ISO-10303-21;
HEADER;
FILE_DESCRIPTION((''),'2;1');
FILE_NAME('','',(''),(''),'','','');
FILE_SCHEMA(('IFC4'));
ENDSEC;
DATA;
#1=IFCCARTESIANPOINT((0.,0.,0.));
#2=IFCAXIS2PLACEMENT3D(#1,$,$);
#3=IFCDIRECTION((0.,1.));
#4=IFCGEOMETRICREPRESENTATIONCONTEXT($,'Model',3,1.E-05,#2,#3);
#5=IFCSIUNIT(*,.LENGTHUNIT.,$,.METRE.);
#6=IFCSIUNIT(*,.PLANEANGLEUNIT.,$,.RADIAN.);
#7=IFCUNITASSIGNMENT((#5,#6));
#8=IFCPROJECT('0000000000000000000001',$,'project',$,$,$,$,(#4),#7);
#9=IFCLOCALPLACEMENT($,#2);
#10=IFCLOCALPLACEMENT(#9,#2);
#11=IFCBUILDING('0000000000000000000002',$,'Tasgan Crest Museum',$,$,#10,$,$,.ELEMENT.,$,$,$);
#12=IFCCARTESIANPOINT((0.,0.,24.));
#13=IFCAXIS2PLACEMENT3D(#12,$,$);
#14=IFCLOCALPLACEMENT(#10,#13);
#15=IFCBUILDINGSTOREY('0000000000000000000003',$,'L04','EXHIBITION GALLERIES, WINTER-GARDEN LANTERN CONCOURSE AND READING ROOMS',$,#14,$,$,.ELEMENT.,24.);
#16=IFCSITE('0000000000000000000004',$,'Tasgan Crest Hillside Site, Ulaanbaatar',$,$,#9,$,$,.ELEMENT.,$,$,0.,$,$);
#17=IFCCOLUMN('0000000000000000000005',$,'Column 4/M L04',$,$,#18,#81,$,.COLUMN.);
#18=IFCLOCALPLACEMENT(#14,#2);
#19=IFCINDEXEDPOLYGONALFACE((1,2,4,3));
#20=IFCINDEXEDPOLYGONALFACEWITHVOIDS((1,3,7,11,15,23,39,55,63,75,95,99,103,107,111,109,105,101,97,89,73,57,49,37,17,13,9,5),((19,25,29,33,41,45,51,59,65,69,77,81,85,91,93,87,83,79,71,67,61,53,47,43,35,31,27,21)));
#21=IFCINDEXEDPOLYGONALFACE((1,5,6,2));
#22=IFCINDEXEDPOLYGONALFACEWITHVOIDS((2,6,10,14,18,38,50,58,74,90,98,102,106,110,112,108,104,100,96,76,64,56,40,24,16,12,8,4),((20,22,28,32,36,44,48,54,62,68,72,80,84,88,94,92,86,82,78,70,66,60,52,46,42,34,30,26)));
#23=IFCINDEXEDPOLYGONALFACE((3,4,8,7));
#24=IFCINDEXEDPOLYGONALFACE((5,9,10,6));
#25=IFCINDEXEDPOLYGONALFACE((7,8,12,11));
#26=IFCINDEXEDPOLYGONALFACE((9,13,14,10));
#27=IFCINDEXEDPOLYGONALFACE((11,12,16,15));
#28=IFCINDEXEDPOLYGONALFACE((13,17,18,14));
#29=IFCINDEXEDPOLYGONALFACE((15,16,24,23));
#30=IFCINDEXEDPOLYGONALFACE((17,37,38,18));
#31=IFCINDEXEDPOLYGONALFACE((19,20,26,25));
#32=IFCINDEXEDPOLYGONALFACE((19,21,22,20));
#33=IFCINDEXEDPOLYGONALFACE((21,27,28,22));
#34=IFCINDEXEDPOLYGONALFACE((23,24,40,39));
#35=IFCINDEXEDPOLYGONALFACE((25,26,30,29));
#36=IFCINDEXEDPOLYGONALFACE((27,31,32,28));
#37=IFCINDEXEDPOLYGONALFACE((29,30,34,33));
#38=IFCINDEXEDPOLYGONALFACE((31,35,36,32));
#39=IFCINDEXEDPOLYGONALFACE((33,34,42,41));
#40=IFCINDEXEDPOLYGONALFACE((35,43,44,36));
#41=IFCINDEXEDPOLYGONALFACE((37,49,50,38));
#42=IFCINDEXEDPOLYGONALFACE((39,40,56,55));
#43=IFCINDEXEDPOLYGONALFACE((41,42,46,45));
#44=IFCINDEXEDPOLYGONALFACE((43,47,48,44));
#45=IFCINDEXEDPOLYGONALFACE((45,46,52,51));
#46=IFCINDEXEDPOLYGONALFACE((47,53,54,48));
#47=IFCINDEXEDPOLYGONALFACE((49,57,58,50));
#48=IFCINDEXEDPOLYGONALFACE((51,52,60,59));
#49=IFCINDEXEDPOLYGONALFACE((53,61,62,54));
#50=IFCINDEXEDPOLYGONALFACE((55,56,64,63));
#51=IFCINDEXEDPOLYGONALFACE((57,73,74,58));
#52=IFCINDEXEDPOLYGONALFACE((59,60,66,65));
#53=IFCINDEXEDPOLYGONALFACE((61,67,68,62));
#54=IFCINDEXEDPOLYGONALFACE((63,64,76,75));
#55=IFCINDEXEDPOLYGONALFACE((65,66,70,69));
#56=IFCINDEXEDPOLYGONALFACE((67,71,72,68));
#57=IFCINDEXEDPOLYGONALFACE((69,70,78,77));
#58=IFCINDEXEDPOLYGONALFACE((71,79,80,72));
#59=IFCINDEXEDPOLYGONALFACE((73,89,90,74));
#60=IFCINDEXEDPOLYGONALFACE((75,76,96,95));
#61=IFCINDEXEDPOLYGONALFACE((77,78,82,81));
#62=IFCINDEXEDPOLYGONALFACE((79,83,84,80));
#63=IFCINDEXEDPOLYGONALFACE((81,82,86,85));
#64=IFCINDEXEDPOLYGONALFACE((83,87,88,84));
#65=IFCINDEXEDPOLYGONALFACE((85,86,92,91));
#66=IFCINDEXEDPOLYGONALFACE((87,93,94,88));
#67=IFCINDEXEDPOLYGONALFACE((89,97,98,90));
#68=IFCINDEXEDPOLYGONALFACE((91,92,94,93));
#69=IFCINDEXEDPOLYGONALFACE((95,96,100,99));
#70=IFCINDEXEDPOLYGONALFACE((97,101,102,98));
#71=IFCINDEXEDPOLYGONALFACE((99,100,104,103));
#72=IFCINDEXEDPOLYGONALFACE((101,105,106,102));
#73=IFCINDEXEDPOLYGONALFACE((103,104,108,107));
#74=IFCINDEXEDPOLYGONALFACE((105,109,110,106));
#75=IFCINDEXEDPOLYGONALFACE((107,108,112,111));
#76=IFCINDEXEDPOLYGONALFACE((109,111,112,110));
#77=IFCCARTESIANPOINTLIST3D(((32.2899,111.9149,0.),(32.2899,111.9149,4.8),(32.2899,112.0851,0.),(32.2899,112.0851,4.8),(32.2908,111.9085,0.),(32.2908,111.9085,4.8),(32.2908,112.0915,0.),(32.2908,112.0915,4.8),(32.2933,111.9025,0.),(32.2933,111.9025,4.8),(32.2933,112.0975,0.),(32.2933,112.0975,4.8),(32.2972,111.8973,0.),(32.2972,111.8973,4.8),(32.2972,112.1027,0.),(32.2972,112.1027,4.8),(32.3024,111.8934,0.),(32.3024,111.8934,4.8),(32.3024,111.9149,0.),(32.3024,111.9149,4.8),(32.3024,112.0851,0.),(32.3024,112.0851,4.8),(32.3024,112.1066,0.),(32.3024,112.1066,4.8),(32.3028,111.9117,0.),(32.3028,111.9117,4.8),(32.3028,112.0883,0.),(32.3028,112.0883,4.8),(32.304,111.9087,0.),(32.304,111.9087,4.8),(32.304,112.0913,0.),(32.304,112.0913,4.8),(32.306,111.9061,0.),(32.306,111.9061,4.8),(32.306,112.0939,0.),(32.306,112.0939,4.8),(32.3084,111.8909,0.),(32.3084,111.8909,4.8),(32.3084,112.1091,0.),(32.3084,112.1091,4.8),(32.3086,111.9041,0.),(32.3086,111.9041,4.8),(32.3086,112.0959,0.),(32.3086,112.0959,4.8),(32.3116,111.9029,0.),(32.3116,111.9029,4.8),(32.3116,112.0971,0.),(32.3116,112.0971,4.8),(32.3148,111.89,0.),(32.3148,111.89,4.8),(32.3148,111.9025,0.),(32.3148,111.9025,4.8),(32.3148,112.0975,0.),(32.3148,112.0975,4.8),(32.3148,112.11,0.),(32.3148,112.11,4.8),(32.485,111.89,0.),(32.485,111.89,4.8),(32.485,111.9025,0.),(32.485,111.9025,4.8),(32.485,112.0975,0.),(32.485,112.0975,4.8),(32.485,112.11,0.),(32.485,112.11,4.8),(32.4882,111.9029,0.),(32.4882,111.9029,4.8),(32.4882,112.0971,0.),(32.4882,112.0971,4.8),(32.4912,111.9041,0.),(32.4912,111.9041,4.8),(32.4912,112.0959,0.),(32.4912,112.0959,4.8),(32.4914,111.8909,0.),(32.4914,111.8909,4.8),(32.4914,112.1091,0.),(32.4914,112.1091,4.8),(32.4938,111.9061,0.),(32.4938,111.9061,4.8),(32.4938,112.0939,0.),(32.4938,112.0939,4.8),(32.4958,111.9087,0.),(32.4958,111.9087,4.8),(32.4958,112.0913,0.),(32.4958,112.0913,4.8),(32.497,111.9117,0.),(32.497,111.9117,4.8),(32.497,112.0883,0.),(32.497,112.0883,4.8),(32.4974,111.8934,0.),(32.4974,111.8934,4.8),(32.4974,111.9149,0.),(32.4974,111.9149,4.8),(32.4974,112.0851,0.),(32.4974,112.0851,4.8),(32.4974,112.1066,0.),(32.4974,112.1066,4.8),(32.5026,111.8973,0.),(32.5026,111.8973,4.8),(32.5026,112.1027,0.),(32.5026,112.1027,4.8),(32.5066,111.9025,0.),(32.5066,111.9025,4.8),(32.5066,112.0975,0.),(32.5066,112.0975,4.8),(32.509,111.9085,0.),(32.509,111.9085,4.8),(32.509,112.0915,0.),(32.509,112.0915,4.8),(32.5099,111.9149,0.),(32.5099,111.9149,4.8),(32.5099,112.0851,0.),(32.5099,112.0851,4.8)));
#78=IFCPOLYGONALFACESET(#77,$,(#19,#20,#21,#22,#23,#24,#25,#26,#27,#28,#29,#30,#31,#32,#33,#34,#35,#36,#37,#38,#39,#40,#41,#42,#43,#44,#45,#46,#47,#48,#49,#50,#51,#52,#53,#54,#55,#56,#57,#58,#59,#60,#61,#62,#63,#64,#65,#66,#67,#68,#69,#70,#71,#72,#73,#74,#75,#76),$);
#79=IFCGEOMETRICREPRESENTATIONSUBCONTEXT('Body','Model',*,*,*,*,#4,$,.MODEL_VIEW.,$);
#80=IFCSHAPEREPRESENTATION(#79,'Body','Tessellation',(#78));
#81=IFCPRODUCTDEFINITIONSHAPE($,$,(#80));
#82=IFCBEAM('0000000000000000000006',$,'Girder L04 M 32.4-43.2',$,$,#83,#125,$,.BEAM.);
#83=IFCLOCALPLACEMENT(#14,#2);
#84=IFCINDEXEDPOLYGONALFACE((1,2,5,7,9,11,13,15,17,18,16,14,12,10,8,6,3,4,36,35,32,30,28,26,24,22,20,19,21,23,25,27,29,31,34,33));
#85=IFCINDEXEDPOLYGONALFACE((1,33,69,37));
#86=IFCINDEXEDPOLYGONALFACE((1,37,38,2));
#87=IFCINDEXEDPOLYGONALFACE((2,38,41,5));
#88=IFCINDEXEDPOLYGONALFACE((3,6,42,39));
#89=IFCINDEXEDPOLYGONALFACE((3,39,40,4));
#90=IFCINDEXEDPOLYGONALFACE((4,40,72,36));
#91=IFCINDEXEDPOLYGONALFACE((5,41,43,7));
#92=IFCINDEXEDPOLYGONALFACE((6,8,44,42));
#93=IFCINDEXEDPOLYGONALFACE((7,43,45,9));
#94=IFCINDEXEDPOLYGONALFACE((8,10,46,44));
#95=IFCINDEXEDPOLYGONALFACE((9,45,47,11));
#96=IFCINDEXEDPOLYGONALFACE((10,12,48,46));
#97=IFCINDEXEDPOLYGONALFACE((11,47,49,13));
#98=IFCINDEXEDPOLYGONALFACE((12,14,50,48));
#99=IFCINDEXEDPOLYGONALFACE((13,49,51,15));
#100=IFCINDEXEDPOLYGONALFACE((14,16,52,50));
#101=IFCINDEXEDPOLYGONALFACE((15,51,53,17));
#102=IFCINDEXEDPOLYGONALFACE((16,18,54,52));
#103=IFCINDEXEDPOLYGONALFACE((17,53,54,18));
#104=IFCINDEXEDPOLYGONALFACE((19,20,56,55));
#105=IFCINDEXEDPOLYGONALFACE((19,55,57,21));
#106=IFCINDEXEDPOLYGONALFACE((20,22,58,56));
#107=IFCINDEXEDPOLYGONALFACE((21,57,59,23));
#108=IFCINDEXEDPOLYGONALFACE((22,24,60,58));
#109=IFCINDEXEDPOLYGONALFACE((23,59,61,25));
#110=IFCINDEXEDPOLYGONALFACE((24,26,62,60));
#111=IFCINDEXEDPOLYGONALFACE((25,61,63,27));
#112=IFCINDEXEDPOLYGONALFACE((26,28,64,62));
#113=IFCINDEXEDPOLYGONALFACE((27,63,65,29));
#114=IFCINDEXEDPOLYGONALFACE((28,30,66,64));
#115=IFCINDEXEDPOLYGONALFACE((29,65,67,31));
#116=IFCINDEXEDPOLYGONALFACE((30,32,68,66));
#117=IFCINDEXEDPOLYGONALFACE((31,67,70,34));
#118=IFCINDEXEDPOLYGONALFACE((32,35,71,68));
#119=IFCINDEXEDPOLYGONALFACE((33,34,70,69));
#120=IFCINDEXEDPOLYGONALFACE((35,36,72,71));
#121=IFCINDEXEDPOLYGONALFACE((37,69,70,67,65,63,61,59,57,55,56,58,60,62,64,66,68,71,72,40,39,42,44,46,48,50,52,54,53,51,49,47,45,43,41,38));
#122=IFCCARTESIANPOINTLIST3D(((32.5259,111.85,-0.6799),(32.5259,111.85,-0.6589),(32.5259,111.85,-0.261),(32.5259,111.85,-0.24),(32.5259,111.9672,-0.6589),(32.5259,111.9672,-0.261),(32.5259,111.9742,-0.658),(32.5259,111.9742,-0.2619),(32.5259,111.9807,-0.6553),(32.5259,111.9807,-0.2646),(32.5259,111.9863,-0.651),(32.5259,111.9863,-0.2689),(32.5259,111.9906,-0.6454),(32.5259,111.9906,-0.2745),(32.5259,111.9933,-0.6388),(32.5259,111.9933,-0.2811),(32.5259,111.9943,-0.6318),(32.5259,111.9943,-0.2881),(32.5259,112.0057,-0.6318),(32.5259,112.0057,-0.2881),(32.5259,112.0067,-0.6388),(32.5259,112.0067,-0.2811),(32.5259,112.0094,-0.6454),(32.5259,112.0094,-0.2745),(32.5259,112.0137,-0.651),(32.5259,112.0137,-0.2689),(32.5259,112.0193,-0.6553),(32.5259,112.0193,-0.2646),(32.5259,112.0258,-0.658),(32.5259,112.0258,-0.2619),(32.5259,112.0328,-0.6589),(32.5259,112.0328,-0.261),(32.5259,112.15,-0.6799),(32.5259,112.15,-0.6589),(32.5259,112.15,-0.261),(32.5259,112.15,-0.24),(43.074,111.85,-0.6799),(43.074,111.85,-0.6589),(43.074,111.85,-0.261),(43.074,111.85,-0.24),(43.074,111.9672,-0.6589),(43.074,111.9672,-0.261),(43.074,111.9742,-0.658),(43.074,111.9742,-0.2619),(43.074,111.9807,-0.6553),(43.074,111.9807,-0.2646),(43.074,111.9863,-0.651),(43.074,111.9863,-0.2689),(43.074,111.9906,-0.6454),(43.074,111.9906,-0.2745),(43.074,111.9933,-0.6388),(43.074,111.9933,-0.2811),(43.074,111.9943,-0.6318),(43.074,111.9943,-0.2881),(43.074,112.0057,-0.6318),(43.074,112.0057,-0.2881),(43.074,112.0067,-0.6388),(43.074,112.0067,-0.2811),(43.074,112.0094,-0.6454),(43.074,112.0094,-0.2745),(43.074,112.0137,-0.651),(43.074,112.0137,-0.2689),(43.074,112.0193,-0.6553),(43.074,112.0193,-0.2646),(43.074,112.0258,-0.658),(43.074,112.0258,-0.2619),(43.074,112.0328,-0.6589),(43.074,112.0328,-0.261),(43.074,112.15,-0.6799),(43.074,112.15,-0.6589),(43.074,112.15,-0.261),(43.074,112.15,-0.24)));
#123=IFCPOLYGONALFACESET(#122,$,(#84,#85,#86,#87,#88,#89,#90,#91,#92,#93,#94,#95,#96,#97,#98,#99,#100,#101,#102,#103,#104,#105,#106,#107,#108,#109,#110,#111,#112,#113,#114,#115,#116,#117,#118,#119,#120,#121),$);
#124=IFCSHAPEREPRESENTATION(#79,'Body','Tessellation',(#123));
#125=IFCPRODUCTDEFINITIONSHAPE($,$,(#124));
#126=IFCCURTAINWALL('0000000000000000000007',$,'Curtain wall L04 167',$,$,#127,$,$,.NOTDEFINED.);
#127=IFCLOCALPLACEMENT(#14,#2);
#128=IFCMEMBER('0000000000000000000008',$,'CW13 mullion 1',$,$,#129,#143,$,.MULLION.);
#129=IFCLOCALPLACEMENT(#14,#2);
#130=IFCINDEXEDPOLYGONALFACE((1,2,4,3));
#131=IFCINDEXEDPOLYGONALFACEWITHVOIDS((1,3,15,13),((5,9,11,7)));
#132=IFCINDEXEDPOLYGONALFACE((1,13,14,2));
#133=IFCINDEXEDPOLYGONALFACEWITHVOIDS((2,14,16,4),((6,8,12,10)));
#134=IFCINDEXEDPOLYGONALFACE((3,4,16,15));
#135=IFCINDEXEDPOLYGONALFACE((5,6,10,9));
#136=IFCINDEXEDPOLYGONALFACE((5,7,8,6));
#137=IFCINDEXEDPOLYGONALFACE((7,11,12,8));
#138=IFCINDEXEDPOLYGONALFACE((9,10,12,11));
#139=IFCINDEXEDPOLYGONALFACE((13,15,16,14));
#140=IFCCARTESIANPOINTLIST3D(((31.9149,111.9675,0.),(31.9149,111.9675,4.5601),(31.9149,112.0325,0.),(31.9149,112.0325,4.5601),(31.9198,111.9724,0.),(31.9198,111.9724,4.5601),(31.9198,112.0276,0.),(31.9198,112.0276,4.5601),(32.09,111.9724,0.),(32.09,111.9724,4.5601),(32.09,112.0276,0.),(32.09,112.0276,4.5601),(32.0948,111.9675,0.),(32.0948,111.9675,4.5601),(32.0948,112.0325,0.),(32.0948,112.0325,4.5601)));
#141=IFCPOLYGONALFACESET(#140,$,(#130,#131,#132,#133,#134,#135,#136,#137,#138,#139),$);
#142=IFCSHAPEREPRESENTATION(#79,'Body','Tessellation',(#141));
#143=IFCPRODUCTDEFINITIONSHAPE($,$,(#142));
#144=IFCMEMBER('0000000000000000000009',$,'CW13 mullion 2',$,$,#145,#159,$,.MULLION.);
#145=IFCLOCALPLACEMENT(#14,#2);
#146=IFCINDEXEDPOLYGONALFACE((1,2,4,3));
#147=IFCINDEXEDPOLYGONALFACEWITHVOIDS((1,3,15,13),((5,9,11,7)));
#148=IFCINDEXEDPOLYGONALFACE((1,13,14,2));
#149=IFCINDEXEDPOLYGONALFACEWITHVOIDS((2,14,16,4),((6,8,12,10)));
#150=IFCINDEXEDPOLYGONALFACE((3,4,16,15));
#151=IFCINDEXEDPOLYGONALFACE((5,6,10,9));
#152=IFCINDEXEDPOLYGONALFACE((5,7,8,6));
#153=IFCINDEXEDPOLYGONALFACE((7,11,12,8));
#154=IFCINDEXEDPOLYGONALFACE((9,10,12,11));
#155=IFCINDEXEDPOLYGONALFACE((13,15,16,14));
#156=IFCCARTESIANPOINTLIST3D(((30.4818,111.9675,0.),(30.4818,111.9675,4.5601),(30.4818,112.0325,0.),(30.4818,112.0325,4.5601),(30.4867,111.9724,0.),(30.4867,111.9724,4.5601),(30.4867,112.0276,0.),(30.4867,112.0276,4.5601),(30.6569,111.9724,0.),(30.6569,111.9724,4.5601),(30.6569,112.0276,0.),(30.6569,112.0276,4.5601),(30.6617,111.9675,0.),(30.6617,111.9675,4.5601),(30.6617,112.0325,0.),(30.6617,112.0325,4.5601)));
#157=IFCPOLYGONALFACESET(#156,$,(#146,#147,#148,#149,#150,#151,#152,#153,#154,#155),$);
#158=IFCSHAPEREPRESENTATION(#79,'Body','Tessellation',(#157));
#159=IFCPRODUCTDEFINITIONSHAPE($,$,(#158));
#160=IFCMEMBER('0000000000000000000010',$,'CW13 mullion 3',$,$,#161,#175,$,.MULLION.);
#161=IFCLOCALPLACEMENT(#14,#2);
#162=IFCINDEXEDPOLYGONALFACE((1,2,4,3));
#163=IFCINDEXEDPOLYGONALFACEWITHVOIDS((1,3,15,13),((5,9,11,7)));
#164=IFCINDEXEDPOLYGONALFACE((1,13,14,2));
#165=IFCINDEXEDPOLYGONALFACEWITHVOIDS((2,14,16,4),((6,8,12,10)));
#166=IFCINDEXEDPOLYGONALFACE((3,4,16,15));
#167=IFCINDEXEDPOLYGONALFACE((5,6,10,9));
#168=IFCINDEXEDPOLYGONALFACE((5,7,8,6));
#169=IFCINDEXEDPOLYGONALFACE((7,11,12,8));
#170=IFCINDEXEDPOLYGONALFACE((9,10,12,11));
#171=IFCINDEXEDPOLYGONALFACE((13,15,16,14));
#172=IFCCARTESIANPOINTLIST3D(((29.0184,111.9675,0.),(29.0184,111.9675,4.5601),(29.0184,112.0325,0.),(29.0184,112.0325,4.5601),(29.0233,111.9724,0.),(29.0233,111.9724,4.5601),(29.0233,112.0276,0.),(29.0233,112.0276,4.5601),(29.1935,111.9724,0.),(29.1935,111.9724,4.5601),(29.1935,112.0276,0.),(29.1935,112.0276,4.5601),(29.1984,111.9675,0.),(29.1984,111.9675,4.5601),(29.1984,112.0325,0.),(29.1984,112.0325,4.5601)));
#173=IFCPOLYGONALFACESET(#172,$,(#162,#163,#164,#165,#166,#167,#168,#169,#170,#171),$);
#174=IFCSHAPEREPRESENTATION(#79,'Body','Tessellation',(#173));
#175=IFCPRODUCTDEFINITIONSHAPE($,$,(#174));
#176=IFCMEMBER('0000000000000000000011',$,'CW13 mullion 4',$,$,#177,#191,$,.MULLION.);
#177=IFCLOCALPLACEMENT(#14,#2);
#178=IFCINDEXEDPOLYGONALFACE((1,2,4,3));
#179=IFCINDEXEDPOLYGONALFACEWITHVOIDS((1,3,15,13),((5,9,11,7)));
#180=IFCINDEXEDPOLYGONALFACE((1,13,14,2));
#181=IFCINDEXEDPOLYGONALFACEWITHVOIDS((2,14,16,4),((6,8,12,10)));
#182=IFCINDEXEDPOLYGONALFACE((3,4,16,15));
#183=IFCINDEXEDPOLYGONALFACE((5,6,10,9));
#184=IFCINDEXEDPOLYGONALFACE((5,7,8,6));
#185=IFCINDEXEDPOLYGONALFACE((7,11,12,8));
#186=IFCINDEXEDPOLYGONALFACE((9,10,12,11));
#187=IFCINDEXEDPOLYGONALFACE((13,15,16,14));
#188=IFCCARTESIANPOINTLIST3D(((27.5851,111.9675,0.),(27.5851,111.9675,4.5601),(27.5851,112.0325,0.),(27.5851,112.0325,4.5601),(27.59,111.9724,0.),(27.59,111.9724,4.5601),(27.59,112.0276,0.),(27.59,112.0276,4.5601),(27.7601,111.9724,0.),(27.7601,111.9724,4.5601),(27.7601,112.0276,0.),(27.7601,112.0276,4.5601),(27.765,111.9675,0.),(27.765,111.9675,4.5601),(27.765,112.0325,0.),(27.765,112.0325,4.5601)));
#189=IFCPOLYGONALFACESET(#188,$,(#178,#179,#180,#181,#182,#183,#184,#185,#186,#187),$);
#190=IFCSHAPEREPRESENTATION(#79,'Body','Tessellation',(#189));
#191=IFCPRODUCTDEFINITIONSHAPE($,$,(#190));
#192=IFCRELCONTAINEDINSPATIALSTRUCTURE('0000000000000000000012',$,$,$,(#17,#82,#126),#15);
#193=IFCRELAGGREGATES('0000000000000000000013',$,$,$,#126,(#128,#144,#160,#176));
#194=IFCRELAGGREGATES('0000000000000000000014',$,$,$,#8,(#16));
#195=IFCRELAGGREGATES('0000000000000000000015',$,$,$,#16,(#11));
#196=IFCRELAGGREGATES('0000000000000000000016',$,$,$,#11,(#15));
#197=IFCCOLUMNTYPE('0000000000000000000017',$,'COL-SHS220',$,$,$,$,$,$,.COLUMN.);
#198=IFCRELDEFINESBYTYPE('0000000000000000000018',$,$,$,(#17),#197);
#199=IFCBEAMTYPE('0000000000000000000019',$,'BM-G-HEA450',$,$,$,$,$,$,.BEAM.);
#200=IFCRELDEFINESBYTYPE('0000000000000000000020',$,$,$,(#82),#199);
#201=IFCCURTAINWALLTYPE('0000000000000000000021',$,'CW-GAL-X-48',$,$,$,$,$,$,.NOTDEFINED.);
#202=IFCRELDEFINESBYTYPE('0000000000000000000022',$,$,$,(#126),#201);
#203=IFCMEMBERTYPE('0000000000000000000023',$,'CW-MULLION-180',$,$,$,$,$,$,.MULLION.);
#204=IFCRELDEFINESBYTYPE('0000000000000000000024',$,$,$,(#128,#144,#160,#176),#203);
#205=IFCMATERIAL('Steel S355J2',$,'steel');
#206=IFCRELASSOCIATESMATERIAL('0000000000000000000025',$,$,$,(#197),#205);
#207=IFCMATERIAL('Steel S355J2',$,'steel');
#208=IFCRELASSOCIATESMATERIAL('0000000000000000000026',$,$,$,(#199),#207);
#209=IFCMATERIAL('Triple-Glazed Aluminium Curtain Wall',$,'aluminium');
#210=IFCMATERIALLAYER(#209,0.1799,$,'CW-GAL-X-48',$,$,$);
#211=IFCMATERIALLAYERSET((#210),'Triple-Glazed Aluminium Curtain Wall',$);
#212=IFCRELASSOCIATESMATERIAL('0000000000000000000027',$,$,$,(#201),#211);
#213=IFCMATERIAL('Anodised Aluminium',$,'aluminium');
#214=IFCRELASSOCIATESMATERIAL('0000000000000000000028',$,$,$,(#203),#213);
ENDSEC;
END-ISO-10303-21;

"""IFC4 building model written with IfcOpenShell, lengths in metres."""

from ifc_helpers import new_model, si_unit, direction, frame, origin, origin_2d, place, context, subcontext, project, spatial, hollow_rectangle, i_section, extrude, material, layer, layer_set, material_profile, profile_set, type_object, element, aggregate, save


model = new_model("IFC4")

# Units and contexts
model_context = context("Model", 3, precision=1e-05, world=origin(), true_north=direction((0.0, 1.0)))
body_context = subcontext(model_context, "Body", "Model", "MODEL_VIEW")
ifc_project = project(units=[si_unit("LENGTHUNIT", "METRE"), si_unit("PLANEANGLEUNIT", "RADIAN")], contexts=[model_context])

# Site, building, storey
site_placement = place(None, origin())
site = spatial("IfcSite", under=ifc_project, at=site_placement, Name="Tasgan Crest Hillside Site, Ulaanbaatar", CompositionType="ELEMENT", RefElevation=0.0)
building_placement = place(site_placement, origin())
building = spatial("IfcBuilding", under=site, at=building_placement, Name="Tasgan Crest Museum", CompositionType="ELEMENT")
storey_placement = place(building_placement, frame((0.0, 0.0, 24.0)))
storey = spatial("IfcBuildingStorey", under=building, at=storey_placement, Name="L04", Description="EXHIBITION GALLERIES, WINTER-GARDEN LANTERN CONCOURSE AND READING ROOMS", CompositionType="ELEMENT", Elevation=24.0)

# Column
ifc_material_1 = material(Name="Steel S355J2", Category="steel")
ifc_material_profile_1 = material_profile(ifc_material_1, hollow_rectangle(XDim=0.22, YDim=0.22, WallThickness=0.0125, InnerFilletRadius=0.0125, OuterFilletRadius=0.0249, at=origin_2d()), Name="SHS 220x220x12.5")
ifc_profile_set_1 = profile_set([ifc_material_profile_1], Name="Steel S355J2")
column_type = type_object("IfcColumnType", Name="COL-SHS220", PredefinedType="COLUMN", material=ifc_profile_set_1)
column_placement = place(storey_placement, frame((32.3999, 112.0, 0.0), z_axis=(0.0, 0.0, 1.0), x_axis=(1.0, 0.0, 0.0)))
element("IfcColumn", 1, at=column_placement, inside=storey, type_object=column_type, Name="Column 4/M L04", PredefinedType="COLUMN", context=body_context, shape_type="SweptSolid", body=[
    extrude(hollow_rectangle(XDim=0.22, YDim=0.22, WallThickness=0.0125, InnerFilletRadius=0.0125, OuterFilletRadius=0.0249, at=origin_2d()), origin(), (0.0, 0.0, 1.0), 4.8),
])

# Beam
ifc_material_2 = material(Name="Steel S355J2", Category="steel")
ifc_material_profile_2 = material_profile(ifc_material_2, i_section(OverallWidth=0.3, OverallDepth=0.4399, WebThickness=0.0115, FlangeThickness=0.021, FilletRadius=0.0271, at=origin_2d()), Name="HEA 450")
ifc_profile_set_2 = profile_set([ifc_material_profile_2], Name="Steel S355J2")
beam_type = type_object("IfcBeamType", Name="BM-G-HEA450", PredefinedType="BEAM", material=ifc_profile_set_2)
beam_placement = place(storey_placement, frame((32.5259, 112.0, -0.46), z_axis=(1.0, 0.0, 0.0), x_axis=(0.0, 1.0, 0.0)))
element("IfcBeam", 2, at=beam_placement, inside=storey, type_object=beam_type, Name="Girder L04 M 32.4-43.2", PredefinedType="BEAM", context=body_context, shape_type="SweptSolid", body=[
    extrude(i_section(OverallWidth=0.3, OverallDepth=0.4399, WebThickness=0.0115, FlangeThickness=0.021, FilletRadius=0.0271, at=origin_2d()), origin(), (0.0, 0.0, 1.0), 10.5481),
])

# Curtain wall, members
ifc_material_3 = material(Name="Triple-Glazed Aluminium Curtain Wall", Category="aluminium")
ifc_layer_1 = layer(ifc_material_3, 0.1799, Name="CW-GAL-X-48")
ifc_layer_set_1 = layer_set([ifc_layer_1], Name="Triple-Glazed Aluminium Curtain Wall")
curtain_wall_type = type_object("IfcCurtainWallType", Name="CW-GAL-X-48", PredefinedType="NOTDEFINED", material=ifc_layer_set_1)
curtain_wall_placement = place(storey_placement, origin())
curtain_wall = element("IfcCurtainWall", 3, at=curtain_wall_placement, inside=storey, type_object=curtain_wall_type, Name="Curtain wall L04 167", PredefinedType="NOTDEFINED")
ifc_material_4 = material(Name="Anodised Aluminium", Category="aluminium")
ifc_material_profile_3 = material_profile(ifc_material_4, hollow_rectangle(XDim=0.0649, YDim=0.1799, WallThickness=0.0049, at=origin_2d()), Name="ALU MULLION 180x65x5")
ifc_profile_set_3 = profile_set([ifc_material_profile_3], Name="Anodised Aluminium")
member_type_1 = type_object("IfcMemberType", Name="CW-MULLION-180", PredefinedType="MULLION", material=ifc_profile_set_3)
member_1_placement = place(storey_placement, frame((32.0049, 112.0, 0.0), z_axis=(0.0, 0.0, 1.0), x_axis=(0.0, -1.0, 0.0)))
member_1 = element("IfcMember", 4, at=member_1_placement, type_object=member_type_1, Name="CW13 mullion 1", PredefinedType="MULLION", context=body_context, shape_type="SweptSolid", body=[
    extrude(hollow_rectangle(XDim=0.0649, YDim=0.1799, WallThickness=0.0049, at=origin_2d()), origin(), (0.0, 0.0, 1.0), 4.5601),
])
member_2_placement = place(storey_placement, frame((30.5718, 112.0, 0.0), z_axis=(0.0, 0.0, 1.0), x_axis=(0.0, -1.0, 0.0)))
member_2 = element("IfcMember", 5, at=member_2_placement, type_object=member_type_1, Name="CW13 mullion 2", PredefinedType="MULLION", context=body_context, shape_type="SweptSolid", body=[
    extrude(hollow_rectangle(XDim=0.0649, YDim=0.1799, WallThickness=0.0049, at=origin_2d()), origin(), (0.0, 0.0, 1.0), 4.5601),
])
member_3_placement = place(storey_placement, frame((29.1084, 112.0, 0.0), z_axis=(0.0, 0.0, 1.0), x_axis=(0.0, -1.0, 0.0)))
member_3 = element("IfcMember", 6, at=member_3_placement, type_object=member_type_1, Name="CW13 mullion 3", PredefinedType="MULLION", context=body_context, shape_type="SweptSolid", body=[
    extrude(hollow_rectangle(XDim=0.0649, YDim=0.1799, WallThickness=0.0049, at=origin_2d()), origin(), (0.0, 0.0, 1.0), 4.5601),
])
member_4_placement = place(storey_placement, frame((27.675, 112.0, 0.0), z_axis=(0.0, 0.0, 1.0), x_axis=(0.0, -1.0, 0.0)))
member_4 = element("IfcMember", 7, at=member_4_placement, type_object=member_type_1, Name="CW13 mullion 4", PredefinedType="MULLION", context=body_context, shape_type="SweptSolid", body=[
    extrude(hollow_rectangle(XDim=0.0649, YDim=0.1799, WallThickness=0.0049, at=origin_2d()), origin(), (0.0, 0.0, 1.0), 4.5601),
])
aggregate(curtain_wall, [member_1, member_2, member_3, member_4])

save(model, "model.ifc")
